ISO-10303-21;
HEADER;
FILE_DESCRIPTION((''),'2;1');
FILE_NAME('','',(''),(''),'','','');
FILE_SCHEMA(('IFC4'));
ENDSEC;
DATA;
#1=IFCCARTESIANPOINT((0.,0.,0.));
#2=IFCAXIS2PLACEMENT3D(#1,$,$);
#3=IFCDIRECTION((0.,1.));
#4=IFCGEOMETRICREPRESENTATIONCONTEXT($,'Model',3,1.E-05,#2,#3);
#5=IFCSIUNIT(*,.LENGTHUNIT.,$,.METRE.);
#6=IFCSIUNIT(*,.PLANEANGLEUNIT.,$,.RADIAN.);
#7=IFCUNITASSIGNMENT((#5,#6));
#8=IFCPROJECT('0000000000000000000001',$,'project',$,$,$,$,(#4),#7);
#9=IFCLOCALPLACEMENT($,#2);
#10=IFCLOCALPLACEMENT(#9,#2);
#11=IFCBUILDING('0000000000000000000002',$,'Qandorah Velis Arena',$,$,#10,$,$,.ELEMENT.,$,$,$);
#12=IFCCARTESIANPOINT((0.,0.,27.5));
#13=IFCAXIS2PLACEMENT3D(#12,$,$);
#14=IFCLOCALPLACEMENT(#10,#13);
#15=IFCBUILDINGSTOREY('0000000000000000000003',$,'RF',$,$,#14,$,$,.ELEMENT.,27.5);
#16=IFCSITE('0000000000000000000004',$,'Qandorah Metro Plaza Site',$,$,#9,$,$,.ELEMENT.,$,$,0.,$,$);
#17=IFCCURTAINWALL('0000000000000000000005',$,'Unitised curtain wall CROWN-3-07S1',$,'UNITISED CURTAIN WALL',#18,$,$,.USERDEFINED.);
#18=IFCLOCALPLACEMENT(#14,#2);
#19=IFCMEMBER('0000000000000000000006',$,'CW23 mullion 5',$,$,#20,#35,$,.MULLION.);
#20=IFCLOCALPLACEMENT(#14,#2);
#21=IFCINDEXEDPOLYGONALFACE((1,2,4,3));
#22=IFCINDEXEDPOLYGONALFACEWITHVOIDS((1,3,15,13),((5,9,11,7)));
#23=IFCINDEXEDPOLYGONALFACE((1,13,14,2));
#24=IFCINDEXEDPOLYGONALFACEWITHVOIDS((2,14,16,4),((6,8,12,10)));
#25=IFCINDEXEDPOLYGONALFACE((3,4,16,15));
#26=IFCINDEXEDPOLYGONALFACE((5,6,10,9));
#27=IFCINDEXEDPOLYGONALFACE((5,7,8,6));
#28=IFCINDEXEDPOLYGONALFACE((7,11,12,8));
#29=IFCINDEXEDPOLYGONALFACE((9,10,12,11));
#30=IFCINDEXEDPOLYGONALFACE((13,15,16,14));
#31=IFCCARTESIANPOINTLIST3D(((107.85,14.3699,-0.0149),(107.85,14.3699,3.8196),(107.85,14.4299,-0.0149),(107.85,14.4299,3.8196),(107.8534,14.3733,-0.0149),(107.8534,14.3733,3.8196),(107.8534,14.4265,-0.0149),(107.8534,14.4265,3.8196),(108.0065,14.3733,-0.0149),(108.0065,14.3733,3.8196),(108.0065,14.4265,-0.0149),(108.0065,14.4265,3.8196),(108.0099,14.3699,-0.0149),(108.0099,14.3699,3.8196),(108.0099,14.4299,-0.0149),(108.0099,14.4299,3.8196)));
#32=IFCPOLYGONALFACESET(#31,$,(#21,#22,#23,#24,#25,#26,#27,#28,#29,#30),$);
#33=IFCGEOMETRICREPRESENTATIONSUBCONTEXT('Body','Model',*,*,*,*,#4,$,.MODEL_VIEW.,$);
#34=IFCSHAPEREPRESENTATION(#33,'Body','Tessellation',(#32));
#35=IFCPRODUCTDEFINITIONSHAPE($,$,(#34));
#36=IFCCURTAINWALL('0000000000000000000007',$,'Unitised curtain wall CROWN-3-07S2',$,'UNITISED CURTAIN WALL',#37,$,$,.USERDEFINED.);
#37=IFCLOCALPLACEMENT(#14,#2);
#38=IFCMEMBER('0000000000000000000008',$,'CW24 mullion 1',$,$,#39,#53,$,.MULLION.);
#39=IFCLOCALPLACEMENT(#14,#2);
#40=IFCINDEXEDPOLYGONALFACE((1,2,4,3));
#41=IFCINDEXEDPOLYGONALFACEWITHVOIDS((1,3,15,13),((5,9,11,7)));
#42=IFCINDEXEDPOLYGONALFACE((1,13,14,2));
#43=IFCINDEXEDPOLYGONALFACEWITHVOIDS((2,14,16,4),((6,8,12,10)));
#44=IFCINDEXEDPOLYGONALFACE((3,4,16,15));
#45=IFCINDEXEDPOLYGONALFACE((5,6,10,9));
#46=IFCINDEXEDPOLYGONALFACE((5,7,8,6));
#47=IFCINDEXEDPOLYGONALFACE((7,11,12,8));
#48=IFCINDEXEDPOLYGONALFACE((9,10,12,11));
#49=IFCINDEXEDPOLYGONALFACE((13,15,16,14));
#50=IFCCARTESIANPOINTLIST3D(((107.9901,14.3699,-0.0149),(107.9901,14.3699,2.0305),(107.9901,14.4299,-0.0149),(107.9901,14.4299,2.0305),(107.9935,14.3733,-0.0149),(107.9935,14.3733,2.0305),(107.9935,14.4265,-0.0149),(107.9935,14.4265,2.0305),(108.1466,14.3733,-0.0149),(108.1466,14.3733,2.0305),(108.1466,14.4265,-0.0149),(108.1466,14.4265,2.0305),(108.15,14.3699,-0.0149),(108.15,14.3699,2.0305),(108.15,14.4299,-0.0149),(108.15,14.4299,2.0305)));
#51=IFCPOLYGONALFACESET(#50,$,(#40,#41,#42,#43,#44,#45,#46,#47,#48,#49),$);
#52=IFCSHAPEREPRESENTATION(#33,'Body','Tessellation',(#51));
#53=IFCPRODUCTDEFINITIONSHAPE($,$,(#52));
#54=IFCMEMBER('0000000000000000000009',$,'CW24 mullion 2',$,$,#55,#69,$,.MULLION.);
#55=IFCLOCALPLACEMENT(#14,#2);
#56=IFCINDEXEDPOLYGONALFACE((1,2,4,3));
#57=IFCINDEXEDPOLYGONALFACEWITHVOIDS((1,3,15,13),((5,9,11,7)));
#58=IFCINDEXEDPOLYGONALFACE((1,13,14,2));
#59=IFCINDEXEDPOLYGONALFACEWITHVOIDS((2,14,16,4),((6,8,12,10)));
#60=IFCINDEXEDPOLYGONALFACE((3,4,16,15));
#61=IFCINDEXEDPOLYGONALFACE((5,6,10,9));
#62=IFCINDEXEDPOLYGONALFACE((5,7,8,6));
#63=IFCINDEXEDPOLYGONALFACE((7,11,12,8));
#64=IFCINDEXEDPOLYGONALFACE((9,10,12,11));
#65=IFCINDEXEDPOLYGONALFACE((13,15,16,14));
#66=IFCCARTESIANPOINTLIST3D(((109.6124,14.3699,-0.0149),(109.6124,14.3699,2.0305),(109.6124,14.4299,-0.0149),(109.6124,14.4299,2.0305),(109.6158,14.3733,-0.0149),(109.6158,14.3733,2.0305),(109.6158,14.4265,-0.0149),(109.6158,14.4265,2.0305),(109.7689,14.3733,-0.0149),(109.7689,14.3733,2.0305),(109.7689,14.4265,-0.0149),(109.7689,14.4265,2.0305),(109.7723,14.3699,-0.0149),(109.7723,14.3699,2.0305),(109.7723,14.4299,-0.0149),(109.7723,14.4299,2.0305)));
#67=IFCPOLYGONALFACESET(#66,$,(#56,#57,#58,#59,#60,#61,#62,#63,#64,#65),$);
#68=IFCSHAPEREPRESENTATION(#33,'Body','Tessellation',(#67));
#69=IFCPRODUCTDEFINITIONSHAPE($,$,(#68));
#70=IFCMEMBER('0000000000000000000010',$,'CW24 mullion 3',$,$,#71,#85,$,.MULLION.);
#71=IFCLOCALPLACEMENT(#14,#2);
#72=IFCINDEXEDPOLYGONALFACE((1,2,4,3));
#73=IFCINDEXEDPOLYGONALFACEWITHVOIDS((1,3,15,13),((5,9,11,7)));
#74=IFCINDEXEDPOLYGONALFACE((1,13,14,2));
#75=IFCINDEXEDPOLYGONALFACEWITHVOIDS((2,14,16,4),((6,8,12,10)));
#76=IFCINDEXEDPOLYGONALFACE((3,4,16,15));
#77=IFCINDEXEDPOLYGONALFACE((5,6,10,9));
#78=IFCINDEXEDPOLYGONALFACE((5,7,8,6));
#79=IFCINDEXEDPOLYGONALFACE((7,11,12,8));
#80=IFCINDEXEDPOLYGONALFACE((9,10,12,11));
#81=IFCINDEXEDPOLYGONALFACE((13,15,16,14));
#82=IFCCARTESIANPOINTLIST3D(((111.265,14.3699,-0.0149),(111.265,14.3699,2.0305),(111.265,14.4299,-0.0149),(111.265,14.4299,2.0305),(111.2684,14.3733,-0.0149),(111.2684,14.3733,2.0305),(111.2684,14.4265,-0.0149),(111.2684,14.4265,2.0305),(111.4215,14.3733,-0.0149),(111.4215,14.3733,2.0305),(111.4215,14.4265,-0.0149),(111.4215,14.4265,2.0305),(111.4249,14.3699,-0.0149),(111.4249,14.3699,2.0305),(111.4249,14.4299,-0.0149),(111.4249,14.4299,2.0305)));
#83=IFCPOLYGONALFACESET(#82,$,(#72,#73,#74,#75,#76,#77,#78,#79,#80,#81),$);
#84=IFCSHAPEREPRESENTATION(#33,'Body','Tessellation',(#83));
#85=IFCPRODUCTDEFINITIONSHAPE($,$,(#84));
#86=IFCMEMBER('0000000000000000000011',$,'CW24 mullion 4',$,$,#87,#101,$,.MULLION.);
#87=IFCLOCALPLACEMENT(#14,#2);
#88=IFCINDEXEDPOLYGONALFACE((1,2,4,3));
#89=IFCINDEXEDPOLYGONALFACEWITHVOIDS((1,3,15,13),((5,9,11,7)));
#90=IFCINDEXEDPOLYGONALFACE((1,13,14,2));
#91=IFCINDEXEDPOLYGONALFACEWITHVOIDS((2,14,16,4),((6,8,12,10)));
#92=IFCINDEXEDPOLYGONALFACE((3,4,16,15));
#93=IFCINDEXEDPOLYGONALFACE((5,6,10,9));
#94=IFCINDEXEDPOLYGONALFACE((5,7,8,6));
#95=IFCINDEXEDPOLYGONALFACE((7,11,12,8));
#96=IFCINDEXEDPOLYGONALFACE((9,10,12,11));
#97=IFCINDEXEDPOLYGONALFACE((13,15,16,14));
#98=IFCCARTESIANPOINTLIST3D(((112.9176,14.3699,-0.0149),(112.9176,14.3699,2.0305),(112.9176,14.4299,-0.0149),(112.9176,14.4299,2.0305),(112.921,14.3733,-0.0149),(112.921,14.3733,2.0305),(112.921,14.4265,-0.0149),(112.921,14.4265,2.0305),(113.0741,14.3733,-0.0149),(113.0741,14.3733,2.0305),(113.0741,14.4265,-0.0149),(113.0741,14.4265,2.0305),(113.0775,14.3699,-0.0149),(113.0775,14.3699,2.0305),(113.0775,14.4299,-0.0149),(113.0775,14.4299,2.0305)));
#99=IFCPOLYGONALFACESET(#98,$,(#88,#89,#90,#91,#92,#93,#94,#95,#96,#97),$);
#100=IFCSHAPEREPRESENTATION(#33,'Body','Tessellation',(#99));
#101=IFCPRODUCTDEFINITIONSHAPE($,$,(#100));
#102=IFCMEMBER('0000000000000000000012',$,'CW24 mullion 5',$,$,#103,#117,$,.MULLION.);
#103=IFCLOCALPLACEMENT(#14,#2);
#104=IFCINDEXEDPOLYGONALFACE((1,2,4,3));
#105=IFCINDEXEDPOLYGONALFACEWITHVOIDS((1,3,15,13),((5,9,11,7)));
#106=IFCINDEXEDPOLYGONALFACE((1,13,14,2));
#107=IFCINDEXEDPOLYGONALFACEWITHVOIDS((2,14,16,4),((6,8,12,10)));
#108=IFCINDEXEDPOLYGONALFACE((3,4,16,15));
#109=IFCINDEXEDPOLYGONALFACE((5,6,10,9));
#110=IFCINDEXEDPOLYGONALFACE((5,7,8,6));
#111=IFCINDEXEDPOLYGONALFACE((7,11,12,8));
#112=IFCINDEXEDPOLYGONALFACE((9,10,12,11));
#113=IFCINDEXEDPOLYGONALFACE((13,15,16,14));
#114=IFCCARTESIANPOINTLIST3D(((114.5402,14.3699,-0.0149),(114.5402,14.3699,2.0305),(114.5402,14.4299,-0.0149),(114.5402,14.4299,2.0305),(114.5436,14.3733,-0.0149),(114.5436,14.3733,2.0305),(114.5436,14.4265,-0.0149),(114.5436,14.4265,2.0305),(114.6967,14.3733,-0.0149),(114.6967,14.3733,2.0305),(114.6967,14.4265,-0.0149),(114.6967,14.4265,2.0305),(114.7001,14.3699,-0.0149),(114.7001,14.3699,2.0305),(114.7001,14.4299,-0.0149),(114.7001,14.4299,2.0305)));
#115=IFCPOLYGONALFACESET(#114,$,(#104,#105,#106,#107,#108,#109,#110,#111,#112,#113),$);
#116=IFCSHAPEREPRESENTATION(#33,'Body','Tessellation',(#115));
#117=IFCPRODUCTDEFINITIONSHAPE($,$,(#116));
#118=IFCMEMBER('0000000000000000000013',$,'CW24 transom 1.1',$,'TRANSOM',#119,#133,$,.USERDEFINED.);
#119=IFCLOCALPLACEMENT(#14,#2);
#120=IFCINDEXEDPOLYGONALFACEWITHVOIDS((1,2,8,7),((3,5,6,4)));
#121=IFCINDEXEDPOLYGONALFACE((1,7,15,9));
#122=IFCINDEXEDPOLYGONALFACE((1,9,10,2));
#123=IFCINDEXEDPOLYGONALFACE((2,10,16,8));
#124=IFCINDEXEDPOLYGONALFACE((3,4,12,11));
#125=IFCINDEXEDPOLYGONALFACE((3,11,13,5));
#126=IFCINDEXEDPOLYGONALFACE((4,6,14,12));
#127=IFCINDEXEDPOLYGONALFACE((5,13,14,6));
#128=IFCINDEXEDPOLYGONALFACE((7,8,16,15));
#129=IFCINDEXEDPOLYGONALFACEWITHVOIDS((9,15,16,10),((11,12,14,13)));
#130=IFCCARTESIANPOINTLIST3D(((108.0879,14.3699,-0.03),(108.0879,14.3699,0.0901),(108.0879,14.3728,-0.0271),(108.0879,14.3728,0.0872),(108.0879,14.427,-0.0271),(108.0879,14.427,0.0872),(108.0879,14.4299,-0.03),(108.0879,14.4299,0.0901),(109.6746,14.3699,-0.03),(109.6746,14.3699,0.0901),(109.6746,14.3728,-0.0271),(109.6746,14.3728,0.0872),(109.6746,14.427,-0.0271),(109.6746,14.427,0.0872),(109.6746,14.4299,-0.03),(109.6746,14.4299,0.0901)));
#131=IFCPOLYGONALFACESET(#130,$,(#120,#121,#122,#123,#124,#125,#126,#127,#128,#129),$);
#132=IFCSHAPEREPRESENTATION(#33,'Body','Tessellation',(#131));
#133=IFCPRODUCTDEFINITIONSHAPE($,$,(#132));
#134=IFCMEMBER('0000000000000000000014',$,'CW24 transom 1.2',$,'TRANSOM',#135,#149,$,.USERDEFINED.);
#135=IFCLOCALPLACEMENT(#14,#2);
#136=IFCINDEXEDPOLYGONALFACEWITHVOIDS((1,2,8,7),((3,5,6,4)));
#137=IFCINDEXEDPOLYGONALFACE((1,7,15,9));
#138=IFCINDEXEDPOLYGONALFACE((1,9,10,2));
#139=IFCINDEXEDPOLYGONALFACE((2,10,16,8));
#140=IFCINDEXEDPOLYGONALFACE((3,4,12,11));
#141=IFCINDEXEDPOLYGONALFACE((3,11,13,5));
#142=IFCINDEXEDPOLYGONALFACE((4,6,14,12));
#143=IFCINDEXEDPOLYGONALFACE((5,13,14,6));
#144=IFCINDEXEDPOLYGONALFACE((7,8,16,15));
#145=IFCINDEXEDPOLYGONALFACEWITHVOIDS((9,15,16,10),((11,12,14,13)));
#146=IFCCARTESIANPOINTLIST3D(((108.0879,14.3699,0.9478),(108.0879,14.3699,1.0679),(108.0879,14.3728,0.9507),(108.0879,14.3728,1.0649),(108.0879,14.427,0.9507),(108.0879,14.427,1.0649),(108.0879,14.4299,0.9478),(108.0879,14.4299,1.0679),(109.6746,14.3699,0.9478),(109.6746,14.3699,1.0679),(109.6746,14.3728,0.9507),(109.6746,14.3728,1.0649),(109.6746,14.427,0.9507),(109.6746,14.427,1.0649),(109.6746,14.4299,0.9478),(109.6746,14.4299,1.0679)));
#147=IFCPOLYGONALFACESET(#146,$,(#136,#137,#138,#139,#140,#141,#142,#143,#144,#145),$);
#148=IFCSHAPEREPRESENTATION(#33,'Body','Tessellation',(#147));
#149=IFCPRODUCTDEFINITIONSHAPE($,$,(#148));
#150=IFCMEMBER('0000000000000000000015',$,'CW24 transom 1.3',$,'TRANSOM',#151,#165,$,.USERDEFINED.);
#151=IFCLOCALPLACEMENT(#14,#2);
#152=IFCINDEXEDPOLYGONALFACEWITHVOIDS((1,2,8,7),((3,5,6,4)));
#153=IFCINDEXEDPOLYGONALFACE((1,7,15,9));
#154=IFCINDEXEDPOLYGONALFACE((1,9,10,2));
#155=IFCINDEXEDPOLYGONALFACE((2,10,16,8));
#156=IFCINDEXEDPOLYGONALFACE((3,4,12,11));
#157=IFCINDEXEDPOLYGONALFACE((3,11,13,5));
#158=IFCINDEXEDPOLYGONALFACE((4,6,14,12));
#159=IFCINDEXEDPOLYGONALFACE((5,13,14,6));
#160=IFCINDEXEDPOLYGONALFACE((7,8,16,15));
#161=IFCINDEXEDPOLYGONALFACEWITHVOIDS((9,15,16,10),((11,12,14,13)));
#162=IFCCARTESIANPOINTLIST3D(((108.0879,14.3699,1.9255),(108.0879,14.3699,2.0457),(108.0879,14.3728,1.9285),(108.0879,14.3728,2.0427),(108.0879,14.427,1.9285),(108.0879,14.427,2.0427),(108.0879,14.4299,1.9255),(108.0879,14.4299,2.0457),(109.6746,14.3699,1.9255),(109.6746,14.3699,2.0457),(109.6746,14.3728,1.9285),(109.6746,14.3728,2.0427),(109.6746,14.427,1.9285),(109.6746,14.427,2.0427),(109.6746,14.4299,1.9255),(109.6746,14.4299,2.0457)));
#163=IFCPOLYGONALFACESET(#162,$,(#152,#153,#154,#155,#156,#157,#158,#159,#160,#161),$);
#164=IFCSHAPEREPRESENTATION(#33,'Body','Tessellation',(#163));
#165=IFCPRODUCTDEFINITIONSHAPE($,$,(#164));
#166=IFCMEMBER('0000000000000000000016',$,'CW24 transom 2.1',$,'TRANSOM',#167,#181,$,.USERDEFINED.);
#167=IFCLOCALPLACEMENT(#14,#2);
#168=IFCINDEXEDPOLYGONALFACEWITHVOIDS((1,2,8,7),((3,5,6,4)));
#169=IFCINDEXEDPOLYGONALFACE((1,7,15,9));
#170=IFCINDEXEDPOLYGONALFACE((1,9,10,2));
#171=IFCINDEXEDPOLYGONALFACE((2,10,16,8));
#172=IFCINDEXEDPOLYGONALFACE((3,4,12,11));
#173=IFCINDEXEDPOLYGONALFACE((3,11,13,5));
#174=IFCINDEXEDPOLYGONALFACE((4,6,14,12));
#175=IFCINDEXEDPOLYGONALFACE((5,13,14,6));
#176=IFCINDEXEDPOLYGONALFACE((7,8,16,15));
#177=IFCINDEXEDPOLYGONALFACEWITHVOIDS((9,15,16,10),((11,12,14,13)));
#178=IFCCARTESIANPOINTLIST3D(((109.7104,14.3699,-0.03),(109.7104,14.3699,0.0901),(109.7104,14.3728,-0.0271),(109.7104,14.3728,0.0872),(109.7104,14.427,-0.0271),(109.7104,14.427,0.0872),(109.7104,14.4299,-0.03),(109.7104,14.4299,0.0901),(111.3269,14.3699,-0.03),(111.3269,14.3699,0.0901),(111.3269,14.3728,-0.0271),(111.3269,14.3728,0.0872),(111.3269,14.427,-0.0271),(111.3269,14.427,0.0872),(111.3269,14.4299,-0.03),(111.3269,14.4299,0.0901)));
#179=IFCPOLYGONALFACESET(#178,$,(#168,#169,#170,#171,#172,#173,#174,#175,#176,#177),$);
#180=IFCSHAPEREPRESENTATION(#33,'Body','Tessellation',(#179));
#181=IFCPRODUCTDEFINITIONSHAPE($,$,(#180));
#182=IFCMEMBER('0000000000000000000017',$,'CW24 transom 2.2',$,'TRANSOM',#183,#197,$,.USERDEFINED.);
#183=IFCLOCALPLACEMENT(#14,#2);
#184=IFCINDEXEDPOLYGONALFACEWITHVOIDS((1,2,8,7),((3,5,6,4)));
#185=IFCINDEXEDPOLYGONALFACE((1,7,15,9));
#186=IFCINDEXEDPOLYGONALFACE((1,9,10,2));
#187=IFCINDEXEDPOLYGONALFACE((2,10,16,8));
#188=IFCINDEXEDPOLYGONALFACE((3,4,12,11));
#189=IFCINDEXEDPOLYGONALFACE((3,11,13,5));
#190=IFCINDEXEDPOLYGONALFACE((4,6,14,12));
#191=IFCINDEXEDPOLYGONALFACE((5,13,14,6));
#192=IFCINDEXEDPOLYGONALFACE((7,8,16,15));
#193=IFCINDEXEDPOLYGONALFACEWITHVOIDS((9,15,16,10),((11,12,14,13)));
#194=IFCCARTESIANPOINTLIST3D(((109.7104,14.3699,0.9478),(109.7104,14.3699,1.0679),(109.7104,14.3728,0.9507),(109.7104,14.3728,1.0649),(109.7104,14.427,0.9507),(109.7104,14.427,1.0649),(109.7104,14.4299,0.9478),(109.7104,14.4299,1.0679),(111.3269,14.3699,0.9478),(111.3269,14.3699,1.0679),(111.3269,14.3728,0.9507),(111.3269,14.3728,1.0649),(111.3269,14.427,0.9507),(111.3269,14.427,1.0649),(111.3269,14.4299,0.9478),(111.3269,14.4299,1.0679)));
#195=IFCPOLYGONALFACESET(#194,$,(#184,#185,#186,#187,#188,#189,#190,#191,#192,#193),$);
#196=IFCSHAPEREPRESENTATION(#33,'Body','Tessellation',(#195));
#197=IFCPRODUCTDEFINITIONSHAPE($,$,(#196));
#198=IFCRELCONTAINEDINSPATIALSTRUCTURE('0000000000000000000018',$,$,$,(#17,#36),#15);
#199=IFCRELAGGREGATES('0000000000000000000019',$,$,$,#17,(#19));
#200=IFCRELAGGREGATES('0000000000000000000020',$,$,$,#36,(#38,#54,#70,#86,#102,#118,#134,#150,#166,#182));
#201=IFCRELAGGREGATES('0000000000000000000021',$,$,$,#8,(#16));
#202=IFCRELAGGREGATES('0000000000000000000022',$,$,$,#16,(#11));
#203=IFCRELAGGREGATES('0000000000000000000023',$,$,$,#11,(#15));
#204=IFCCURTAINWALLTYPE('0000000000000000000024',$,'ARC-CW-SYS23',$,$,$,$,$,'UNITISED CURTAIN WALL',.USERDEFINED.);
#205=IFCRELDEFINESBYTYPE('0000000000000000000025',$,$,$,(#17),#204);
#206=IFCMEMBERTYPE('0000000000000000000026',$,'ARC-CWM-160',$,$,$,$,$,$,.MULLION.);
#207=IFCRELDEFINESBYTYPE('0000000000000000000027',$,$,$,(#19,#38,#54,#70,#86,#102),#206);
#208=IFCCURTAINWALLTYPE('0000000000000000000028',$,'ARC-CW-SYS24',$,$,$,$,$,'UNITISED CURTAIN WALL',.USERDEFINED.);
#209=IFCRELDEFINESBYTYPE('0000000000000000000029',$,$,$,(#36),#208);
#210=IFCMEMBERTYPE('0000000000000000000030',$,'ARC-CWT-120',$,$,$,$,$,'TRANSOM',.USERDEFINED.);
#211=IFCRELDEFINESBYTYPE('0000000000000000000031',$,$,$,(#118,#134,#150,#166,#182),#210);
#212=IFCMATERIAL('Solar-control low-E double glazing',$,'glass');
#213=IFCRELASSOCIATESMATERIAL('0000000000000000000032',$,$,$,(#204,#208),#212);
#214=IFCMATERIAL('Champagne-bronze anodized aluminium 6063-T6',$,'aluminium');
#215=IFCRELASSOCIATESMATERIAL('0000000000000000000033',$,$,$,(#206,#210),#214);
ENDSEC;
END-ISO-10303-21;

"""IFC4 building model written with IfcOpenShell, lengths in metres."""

from ifc_helpers import new_model, si_unit, direction, frame, origin, origin_2d, place, context, subcontext, project, spatial, hollow_rectangle, extrude, material, material_profile, profile_set, type_object, element, aggregate, save


model = new_model("IFC4")

# Units and contexts
model_context = context("Model", 3, precision=1e-05, world=origin(), true_north=direction((0.0, 1.0)))
body_context = subcontext(model_context, "Body", "Model", "MODEL_VIEW")
ifc_project = project(units=[si_unit("LENGTHUNIT", "METRE"), si_unit("PLANEANGLEUNIT", "RADIAN")], contexts=[model_context])

# Site, building, storey
site_placement = place(None, origin())
site = spatial("IfcSite", under=ifc_project, at=site_placement, Name="Qandorah Metro Plaza Site", CompositionType="ELEMENT", RefElevation=0.0)
building_placement = place(site_placement, origin())
building = spatial("IfcBuilding", under=site, at=building_placement, Name="Qandorah Velis Arena", CompositionType="ELEMENT")
storey_placement = place(building_placement, frame((0.0, 0.0, 27.5)))
storey = spatial("IfcBuildingStorey", under=building, at=storey_placement, Name="RF", CompositionType="ELEMENT", Elevation=27.5)

# Curtain wall, member
ifc_material_1 = material(Name="Solar-control low-E double glazing", Category="glass")
curtain_wall_type_1 = type_object("IfcCurtainWallType", Name="ARC-CW-SYS23", ElementType="UNITISED CURTAIN WALL", PredefinedType="USERDEFINED", material=ifc_material_1)
curtain_wall_1_placement = place(storey_placement, origin())
curtain_wall_1 = element("IfcCurtainWall", 1, at=curtain_wall_1_placement, inside=storey, type_object=curtain_wall_type_1, Name="Unitised curtain wall CROWN-3-07S1", ObjectType="UNITISED CURTAIN WALL", PredefinedType="USERDEFINED")
ifc_material_2 = material(Name="Champagne-bronze anodized aluminium 6063-T6", Category="aluminium")
ifc_material_profile_1 = material_profile(ifc_material_2, hollow_rectangle(XDim=0.0601, YDim=0.1599, WallThickness=0.0034, at=origin_2d()), Name="ALU MULLION 60x160")
ifc_profile_set_1 = profile_set([ifc_material_profile_1], Name="Champagne-bronze anodized aluminium 6063-T6")
member_type_1 = type_object("IfcMemberType", Name="ARC-CWM-160", PredefinedType="MULLION", material=ifc_profile_set_1)
member_1_placement = place(storey_placement, frame((107.9299, 14.3999, -0.0149), z_axis=(0.0, 0.0, 1.0), x_axis=(0.0, 1.0, 0.0)))
member_1 = element("IfcMember", 2, at=member_1_placement, type_object=member_type_1, Name="CW23 mullion 5", PredefinedType="MULLION", context=body_context, shape_type="SweptSolid", body=[
    extrude(hollow_rectangle(XDim=0.0601, YDim=0.1599, WallThickness=0.0034, at=origin_2d()), origin(), (0.0, 0.0, 1.0), 3.8345),
])

# Curtain wall, members
curtain_wall_type_2 = type_object("IfcCurtainWallType", Name="ARC-CW-SYS24", ElementType="UNITISED CURTAIN WALL", PredefinedType="USERDEFINED", material=ifc_material_1)
curtain_wall_2_placement = place(storey_placement, origin())
curtain_wall_2 = element("IfcCurtainWall", 3, at=curtain_wall_2_placement, inside=storey, type_object=curtain_wall_type_2, Name="Unitised curtain wall CROWN-3-07S2", ObjectType="UNITISED CURTAIN WALL", PredefinedType="USERDEFINED")
member_2_placement = place(storey_placement, frame((108.0701, 14.3999, -0.0149), z_axis=(0.0, 0.0, 1.0), x_axis=(0.0, 1.0, 0.0)))
member_2 = element("IfcMember", 4, at=member_2_placement, type_object=member_type_1, Name="CW24 mullion 1", PredefinedType="MULLION", context=body_context, shape_type="SweptSolid", body=[
    extrude(hollow_rectangle(XDim=0.0601, YDim=0.1599, WallThickness=0.0034, at=origin_2d()), origin(), (0.0, 0.0, 1.0), 2.0454),
])
member_3_placement = place(storey_placement, frame((109.6924, 14.3999, -0.0149), z_axis=(0.0, 0.0, 1.0), x_axis=(0.0, 1.0, 0.0)))
member_3 = element("IfcMember", 5, at=member_3_placement, type_object=member_type_1, Name="CW24 mullion 2", PredefinedType="MULLION", context=body_context, shape_type="SweptSolid", body=[
    extrude(hollow_rectangle(XDim=0.0601, YDim=0.1599, WallThickness=0.0034, at=origin_2d()), origin(), (0.0, 0.0, 1.0), 2.0454),
])
member_4_placement = place(storey_placement, frame((111.345, 14.3999, -0.0149), z_axis=(0.0, 0.0, 1.0), x_axis=(0.0, 1.0, 0.0)))
member_4 = element("IfcMember", 6, at=member_4_placement, type_object=member_type_1, Name="CW24 mullion 3", PredefinedType="MULLION", context=body_context, shape_type="SweptSolid", body=[
    extrude(hollow_rectangle(XDim=0.0601, YDim=0.1599, WallThickness=0.0034, at=origin_2d()), origin(), (0.0, 0.0, 1.0), 2.0454),
])
member_5_placement = place(storey_placement, frame((112.9976, 14.3999, -0.0149), z_axis=(0.0, 0.0, 1.0), x_axis=(0.0, 1.0, 0.0)))
member_5 = element("IfcMember", 7, at=member_5_placement, type_object=member_type_1, Name="CW24 mullion 4", PredefinedType="MULLION", context=body_context, shape_type="SweptSolid", body=[
    extrude(hollow_rectangle(XDim=0.0601, YDim=0.1599, WallThickness=0.0034, at=origin_2d()), origin(), (0.0, 0.0, 1.0), 2.0454),
])
member_6_placement = place(storey_placement, frame((114.6201, 14.3999, -0.0149), z_axis=(0.0, 0.0, 1.0), x_axis=(0.0, 1.0, 0.0)))
member_6 = element("IfcMember", 8, at=member_6_placement, type_object=member_type_1, Name="CW24 mullion 5", PredefinedType="MULLION", context=body_context, shape_type="SweptSolid", body=[
    extrude(hollow_rectangle(XDim=0.0601, YDim=0.1599, WallThickness=0.0034, at=origin_2d()), origin(), (0.0, 0.0, 1.0), 2.0454),
])
ifc_material_profile_2 = material_profile(ifc_material_2, hollow_rectangle(XDim=0.0601, YDim=0.1201, WallThickness=0.0029, at=origin_2d()), Name="ALU TRANSOM 60x120")
ifc_profile_set_2 = profile_set([ifc_material_profile_2], Name="Champagne-bronze anodized aluminium 6063-T6")
member_type_2 = type_object("IfcMemberType", Name="ARC-CWT-120", ElementType="TRANSOM", PredefinedType="USERDEFINED", material=ifc_profile_set_2)
member_7_placement = place(storey_placement, frame((108.0879, 14.3999, 0.03), z_axis=(1.0, 0.0, 0.0), x_axis=(0.0, 1.0, 0.0)))
member_7 = element("IfcMember", 9, at=member_7_placement, type_object=member_type_2, Name="CW24 transom 1.1", ObjectType="TRANSOM", PredefinedType="USERDEFINED", context=body_context, shape_type="SweptSolid", body=[
    extrude(hollow_rectangle(XDim=0.0601, YDim=0.1201, WallThickness=0.0029, at=origin_2d()), origin(), (0.0, 0.0, 1.0), 1.5867),
])
member_8_placement = place(storey_placement, frame((108.0879, 14.3999, 1.0078), z_axis=(1.0, 0.0, 0.0), x_axis=(0.0, 1.0, 0.0)))
member_8 = element("IfcMember", 10, at=member_8_placement, type_object=member_type_2, Name="CW24 transom 1.2", ObjectType="TRANSOM", PredefinedType="USERDEFINED", context=body_context, shape_type="SweptSolid", body=[
    extrude(hollow_rectangle(XDim=0.0601, YDim=0.1201, WallThickness=0.0029, at=origin_2d()), origin(), (0.0, 0.0, 1.0), 1.5867),
])
member_9_placement = place(storey_placement, frame((108.0879, 14.3999, 1.9856), z_axis=(1.0, 0.0, 0.0), x_axis=(0.0, 1.0, 0.0)))
member_9 = element("IfcMember", 11, at=member_9_placement, type_object=member_type_2, Name="CW24 transom 1.3", ObjectType="TRANSOM", PredefinedType="USERDEFINED", context=body_context, shape_type="SweptSolid", body=[
    extrude(hollow_rectangle(XDim=0.0601, YDim=0.1201, WallThickness=0.0029, at=origin_2d()), origin(), (0.0, 0.0, 1.0), 1.5867),
])
member_10_placement = place(storey_placement, frame((109.7104, 14.3999, 0.03), z_axis=(1.0, 0.0, 0.0), x_axis=(0.0, 1.0, 0.0)))
member_10 = element("IfcMember", 12, at=member_10_placement, type_object=member_type_2, Name="CW24 transom 2.1", ObjectType="TRANSOM", PredefinedType="USERDEFINED", context=body_context, shape_type="SweptSolid", body=[
    extrude(hollow_rectangle(XDim=0.0601, YDim=0.1201, WallThickness=0.0029, at=origin_2d()), origin(), (0.0, 0.0, 1.0), 1.6165),
])
member_11_placement = place(storey_placement, frame((109.7104, 14.3999, 1.0078), z_axis=(1.0, 0.0, 0.0), x_axis=(0.0, 1.0, 0.0)))
member_11 = element("IfcMember", 13, at=member_11_placement, type_object=member_type_2, Name="CW24 transom 2.2", ObjectType="TRANSOM", PredefinedType="USERDEFINED", context=body_context, shape_type="SweptSolid", body=[
    extrude(hollow_rectangle(XDim=0.0601, YDim=0.1201, WallThickness=0.0029, at=origin_2d()), origin(), (0.0, 0.0, 1.0), 1.6165),
])

aggregate(curtain_wall_1, [member_1])
aggregate(curtain_wall_2, [member_2, member_3, member_4, member_5, member_6, member_7, member_8, member_9, member_10, member_11])

save(model, "model.ifc")
